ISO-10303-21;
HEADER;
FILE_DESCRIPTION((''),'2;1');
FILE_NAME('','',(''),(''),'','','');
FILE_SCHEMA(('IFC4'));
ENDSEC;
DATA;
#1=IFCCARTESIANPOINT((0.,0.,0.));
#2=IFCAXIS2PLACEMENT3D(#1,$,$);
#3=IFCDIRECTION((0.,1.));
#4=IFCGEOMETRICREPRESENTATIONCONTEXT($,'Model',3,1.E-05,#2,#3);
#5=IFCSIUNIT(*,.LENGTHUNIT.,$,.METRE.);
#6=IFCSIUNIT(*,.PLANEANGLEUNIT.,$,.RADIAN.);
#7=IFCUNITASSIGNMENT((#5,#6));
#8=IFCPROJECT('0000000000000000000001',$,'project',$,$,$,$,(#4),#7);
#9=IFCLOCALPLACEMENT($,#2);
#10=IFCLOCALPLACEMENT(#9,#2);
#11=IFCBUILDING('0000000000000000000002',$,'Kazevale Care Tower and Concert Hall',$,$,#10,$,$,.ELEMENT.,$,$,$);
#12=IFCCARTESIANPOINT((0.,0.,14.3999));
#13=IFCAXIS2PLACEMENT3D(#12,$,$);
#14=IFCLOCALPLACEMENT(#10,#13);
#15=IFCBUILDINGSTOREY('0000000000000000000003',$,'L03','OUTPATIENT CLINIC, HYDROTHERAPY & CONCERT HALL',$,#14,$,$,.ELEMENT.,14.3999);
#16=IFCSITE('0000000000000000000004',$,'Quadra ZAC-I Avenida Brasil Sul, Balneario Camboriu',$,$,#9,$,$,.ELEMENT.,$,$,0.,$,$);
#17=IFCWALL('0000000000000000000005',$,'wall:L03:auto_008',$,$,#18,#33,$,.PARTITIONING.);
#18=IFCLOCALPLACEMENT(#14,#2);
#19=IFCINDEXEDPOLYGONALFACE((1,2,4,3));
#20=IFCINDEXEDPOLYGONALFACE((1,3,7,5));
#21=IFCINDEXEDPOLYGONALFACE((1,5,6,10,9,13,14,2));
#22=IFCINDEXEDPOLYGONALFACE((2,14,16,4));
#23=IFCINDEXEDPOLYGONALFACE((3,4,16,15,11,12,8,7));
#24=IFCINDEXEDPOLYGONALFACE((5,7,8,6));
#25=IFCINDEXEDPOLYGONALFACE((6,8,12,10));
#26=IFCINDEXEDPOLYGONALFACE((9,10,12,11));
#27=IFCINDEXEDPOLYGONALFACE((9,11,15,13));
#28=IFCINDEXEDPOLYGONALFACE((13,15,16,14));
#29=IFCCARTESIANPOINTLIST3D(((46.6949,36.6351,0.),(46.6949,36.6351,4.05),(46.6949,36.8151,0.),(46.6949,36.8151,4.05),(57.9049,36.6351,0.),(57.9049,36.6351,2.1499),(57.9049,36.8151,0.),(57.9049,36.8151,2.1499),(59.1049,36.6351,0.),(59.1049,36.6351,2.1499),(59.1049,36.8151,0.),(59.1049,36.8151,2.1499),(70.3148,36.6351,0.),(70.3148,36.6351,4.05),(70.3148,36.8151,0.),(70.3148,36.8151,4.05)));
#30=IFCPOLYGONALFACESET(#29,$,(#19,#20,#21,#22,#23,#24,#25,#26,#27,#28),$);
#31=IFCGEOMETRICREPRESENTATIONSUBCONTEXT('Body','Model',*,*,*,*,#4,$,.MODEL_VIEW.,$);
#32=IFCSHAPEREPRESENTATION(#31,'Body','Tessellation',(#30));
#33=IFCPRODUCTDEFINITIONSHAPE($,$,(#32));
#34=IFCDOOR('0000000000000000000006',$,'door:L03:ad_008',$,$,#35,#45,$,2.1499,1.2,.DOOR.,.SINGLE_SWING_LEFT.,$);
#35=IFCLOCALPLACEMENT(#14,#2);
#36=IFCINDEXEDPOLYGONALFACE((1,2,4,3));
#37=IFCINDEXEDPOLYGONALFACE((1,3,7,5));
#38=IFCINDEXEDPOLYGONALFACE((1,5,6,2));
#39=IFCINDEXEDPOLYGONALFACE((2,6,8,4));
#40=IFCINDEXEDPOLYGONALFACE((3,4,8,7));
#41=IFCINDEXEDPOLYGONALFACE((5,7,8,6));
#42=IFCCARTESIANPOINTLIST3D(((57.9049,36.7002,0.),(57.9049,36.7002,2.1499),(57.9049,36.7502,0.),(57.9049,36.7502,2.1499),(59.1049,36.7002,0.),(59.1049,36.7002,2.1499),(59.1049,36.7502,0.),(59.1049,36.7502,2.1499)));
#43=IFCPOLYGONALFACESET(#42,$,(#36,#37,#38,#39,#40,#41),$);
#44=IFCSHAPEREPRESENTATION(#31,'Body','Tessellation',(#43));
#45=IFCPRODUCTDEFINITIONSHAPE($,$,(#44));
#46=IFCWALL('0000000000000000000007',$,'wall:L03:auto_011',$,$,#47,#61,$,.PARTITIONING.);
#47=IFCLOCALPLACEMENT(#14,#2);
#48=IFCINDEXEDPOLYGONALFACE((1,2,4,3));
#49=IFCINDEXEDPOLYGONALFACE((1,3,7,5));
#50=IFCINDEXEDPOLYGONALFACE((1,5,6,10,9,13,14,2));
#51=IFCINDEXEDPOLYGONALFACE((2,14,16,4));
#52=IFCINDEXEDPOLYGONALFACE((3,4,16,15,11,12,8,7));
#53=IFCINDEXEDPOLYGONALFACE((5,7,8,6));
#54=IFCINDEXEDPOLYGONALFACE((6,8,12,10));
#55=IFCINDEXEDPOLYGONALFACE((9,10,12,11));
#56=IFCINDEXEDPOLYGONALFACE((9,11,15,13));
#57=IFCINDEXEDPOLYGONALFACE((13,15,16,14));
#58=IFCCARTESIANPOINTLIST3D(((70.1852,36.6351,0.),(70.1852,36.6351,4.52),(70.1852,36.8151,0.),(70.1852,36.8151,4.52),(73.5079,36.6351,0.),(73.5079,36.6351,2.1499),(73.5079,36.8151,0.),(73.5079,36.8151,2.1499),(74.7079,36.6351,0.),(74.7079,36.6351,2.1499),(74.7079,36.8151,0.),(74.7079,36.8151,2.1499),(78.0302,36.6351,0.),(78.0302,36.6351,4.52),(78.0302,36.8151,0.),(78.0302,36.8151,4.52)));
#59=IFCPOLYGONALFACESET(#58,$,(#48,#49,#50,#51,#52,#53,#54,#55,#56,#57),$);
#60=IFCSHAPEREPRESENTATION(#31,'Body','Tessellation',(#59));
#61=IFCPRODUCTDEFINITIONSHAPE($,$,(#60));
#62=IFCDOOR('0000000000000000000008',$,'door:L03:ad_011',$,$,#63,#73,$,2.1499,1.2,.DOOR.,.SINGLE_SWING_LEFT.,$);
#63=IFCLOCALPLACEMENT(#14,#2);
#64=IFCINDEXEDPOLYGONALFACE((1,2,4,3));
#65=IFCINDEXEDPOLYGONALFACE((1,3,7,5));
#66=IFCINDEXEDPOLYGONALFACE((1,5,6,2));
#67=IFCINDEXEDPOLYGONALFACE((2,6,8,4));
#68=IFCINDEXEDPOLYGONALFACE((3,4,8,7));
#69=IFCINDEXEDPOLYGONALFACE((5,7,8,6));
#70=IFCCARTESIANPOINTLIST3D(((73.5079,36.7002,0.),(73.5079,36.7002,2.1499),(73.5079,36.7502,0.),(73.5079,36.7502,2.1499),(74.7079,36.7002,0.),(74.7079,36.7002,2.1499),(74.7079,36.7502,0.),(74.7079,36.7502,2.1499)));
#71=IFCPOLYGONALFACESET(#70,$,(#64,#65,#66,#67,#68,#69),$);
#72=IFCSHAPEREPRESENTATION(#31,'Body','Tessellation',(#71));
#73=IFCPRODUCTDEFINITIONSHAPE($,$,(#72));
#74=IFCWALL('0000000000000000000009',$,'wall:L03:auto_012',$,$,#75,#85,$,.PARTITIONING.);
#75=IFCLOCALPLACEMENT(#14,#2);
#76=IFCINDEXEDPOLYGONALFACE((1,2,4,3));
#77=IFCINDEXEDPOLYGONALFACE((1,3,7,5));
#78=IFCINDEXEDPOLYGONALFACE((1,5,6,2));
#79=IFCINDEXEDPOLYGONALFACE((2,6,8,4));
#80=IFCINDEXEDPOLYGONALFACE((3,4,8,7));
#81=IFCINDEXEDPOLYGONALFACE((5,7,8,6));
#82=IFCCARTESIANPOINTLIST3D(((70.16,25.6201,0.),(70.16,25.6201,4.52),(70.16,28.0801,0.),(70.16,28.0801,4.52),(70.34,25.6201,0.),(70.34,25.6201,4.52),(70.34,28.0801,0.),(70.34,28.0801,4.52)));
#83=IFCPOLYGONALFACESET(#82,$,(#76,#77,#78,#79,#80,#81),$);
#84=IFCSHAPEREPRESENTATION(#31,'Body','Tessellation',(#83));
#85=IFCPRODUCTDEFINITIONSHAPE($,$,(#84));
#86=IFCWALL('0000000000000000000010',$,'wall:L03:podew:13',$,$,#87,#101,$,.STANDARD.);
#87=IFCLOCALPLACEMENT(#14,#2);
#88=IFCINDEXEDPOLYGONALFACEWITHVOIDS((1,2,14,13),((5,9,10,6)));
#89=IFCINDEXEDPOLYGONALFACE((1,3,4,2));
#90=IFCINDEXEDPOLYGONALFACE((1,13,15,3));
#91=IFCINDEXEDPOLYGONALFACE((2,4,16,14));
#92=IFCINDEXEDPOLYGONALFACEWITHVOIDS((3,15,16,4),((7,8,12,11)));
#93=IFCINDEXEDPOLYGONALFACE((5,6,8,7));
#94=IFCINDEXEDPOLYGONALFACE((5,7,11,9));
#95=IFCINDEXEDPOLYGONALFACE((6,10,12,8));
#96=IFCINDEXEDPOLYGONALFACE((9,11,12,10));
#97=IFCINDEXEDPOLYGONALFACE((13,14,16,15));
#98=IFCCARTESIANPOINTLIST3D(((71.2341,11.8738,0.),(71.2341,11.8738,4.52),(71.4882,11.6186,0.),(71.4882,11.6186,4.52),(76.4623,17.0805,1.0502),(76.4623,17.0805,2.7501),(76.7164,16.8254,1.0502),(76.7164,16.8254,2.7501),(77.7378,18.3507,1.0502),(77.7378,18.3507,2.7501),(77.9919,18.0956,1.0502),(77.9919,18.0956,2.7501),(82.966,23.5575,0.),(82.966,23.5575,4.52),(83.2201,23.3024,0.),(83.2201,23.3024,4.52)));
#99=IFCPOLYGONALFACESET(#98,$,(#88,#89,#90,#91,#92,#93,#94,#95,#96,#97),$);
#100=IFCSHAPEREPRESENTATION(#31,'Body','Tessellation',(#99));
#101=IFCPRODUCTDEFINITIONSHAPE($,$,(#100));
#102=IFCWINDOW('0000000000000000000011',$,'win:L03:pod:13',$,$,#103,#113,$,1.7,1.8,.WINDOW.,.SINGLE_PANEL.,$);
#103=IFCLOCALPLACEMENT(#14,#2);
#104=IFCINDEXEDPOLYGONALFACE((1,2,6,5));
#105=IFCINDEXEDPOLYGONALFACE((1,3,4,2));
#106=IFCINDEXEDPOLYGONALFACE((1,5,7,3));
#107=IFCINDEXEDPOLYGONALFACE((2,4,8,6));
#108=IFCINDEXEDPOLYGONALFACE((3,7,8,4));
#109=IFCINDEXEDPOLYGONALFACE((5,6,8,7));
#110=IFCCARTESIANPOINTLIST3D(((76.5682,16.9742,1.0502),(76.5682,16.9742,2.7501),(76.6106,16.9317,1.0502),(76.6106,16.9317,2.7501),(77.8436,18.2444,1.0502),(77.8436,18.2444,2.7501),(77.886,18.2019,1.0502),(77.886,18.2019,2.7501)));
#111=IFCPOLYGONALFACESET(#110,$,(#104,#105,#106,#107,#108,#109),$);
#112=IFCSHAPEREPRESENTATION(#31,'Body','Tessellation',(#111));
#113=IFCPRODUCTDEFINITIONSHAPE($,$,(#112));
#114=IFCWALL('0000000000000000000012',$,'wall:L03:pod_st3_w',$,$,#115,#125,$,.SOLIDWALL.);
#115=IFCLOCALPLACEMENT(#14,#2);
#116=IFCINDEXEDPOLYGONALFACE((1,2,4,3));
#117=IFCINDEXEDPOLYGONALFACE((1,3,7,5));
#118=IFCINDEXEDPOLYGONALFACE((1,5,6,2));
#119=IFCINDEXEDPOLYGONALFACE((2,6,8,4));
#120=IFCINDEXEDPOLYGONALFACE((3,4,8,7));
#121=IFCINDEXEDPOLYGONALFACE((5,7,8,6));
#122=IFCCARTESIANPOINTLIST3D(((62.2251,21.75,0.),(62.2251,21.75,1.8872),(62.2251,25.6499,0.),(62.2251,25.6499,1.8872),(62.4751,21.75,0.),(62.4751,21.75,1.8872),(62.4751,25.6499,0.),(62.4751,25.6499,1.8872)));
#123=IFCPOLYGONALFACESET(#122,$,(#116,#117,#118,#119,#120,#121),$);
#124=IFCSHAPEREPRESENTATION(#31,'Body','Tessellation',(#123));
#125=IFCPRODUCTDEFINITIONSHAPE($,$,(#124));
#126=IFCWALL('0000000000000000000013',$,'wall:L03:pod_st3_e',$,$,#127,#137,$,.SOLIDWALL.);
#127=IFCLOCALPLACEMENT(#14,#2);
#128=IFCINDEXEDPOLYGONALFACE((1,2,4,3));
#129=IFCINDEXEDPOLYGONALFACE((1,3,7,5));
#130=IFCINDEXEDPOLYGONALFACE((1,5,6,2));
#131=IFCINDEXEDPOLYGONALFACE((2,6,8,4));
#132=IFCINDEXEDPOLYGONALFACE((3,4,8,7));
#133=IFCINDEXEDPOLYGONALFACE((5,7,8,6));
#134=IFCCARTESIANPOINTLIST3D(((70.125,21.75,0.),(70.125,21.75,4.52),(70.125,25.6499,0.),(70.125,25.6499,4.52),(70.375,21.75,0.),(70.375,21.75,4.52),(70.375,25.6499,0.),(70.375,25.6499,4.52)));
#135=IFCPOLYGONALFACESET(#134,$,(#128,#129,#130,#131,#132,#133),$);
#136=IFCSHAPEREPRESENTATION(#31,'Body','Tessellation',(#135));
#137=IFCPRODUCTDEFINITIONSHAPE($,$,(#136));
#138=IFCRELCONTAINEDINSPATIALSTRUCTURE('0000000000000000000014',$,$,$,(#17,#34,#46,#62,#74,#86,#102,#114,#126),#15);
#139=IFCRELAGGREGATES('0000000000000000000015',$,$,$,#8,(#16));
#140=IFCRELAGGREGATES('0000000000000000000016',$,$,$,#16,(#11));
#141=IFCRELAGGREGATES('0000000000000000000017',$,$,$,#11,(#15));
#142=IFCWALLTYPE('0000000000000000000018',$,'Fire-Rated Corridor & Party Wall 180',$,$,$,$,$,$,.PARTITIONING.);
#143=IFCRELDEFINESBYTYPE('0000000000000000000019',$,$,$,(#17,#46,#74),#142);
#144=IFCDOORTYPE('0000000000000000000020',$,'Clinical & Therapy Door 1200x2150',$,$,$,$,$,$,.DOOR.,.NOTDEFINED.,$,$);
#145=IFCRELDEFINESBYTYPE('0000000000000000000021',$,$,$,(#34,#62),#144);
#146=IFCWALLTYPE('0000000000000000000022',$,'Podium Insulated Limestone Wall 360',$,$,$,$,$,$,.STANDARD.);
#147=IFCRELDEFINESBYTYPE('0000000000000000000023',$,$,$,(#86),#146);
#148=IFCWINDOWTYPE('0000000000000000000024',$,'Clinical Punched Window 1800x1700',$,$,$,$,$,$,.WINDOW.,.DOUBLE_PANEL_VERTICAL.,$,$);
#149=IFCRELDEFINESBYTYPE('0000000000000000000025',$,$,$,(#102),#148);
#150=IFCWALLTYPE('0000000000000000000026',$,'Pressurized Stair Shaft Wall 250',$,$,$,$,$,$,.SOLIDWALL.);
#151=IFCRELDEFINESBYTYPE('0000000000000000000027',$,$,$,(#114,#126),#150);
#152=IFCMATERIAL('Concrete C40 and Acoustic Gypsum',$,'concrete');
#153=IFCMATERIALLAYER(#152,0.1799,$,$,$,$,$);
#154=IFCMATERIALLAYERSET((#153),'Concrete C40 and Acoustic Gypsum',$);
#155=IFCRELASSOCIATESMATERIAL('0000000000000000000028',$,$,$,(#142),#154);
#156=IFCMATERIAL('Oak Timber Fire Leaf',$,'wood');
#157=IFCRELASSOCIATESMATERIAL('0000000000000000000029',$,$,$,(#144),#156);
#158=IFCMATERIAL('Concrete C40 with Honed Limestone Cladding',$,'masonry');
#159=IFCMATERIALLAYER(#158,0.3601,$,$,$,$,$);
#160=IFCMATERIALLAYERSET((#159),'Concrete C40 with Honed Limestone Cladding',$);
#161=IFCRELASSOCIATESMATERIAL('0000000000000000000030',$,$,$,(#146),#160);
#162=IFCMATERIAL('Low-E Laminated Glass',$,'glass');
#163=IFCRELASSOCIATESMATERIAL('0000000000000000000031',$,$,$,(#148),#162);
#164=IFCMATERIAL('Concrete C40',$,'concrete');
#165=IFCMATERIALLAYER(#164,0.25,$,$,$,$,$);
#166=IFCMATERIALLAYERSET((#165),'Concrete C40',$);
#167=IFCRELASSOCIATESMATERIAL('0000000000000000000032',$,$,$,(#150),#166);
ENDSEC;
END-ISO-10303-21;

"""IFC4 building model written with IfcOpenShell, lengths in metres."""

from ifc_helpers import new_model, si_unit, direction, frame, frame_2d, origin, place, context, subcontext, project, spatial, rectangle, extrude, material, layer, layer_set, type_object, element, fill, save


model = new_model("IFC4")

# Units and contexts
model_context = context("Model", 3, precision=1e-05, world=origin(), true_north=direction((0.0, 1.0)))
body_context = subcontext(model_context, "Body", "Model", "MODEL_VIEW")
ifc_project = project(units=[si_unit("LENGTHUNIT", "METRE"), si_unit("PLANEANGLEUNIT", "RADIAN")], contexts=[model_context])

# Site, building, storey
site_placement = place(None, origin())
site = spatial("IfcSite", under=ifc_project, at=site_placement, Name="Quadra ZAC-I Avenida Brasil Sul, Balneario Camboriu", CompositionType="ELEMENT", RefElevation=0.0)
building_placement = place(site_placement, origin())
building = spatial("IfcBuilding", under=site, at=building_placement, Name="Kazevale Care Tower and Concert Hall", CompositionType="ELEMENT")
storey_placement = place(building_placement, frame((0.0, 0.0, 14.3999)))
storey = spatial("IfcBuildingStorey", under=building, at=storey_placement, Name="L03", Description="OUTPATIENT CLINIC, HYDROTHERAPY & CONCERT HALL", CompositionType="ELEMENT", Elevation=14.3999)

# Walls, openings, doors
ifc_material_1 = material(Name="Concrete C40 and Acoustic Gypsum", Category="concrete")
ifc_layer_1 = layer(ifc_material_1, 0.1799)
ifc_layer_set_1 = layer_set([ifc_layer_1], Name="Concrete C40 and Acoustic Gypsum")
wall_type_1 = type_object("IfcWallType", Name="Fire-Rated Corridor & Party Wall 180", PredefinedType="PARTITIONING", material=ifc_layer_set_1)
ifc_material_2 = material(Name="Oak Timber Fire Leaf", Category="wood")
door_type = type_object("IfcDoorType", Name="Clinical & Therapy Door 1200x2150", OperationType="NOTDEFINED", PredefinedType="DOOR", material=ifc_material_2)
wall_1_placement = place(storey_placement, frame((70.3149, 36.7251, 0.0), z_axis=(0.0, 0.0, 1.0), x_axis=(-1.0, 0.0, 0.0)))
wall_1 = element("IfcWall", 1, at=wall_1_placement, inside=storey, type_object=wall_type_1, Name="wall:L03:auto_008", PredefinedType="PARTITIONING", context=body_context, shape_type="SweptSolid", body=[
    extrude(rectangle(XDim=23.6199, YDim=0.1799, at=frame_2d((11.8101, 0.0))), origin(), (0.0, 0.0, 1.0), 4.05),
])
opening_1_placement = place(wall_1_placement, frame((11.21, 0.0, 0.0)))
opening_1 = element("IfcOpeningElement", 2, at=opening_1_placement, cuts=wall_1, PredefinedType="OPENING", context=body_context, shape_type="SweptSolid", body=[
    extrude(rectangle(XDim=1.2, YDim=2.1499, at=frame_2d((0.6001, 1.075))), frame((0.0, 0.0999, 0.0), z_axis=(0.0, -1.0, 0.0), x_axis=(1.0, 0.0, 0.0)), (0.0, 0.0, 1.0), 0.2),
])
door_1_placement = place(opening_1_placement, origin())
door_1 = element("IfcDoor", 3, at=door_1_placement, inside=storey, type_object=door_type, Name="door:L03:ad_008", OperationType="SINGLE_SWING_LEFT", OverallHeight=2.1499, OverallWidth=1.2, PredefinedType="DOOR", context=body_context, shape_type="SweptSolid", body=[
    extrude(rectangle(XDim=1.2, YDim=2.1499, at=frame_2d((0.6001, 1.075))), frame((0.0, 0.0249, 0.0), z_axis=(0.0, -1.0, 0.0), x_axis=(1.0, 0.0, 0.0)), (0.0, 0.0, 1.0), 0.05),
])
fill(opening_1, door_1)
wall_2_placement = place(storey_placement, frame((78.03, 36.7251, 0.0), z_axis=(0.0, 0.0, 1.0), x_axis=(-1.0, 0.0, 0.0)))
wall_2 = element("IfcWall", 4, at=wall_2_placement, inside=storey, type_object=wall_type_1, Name="wall:L03:auto_011", PredefinedType="PARTITIONING", context=body_context, shape_type="SweptSolid", body=[
    extrude(rectangle(XDim=7.845, YDim=0.1799, at=frame_2d((3.9224, 0.0))), origin(), (0.0, 0.0, 1.0), 4.52),
])
opening_2_placement = place(wall_2_placement, frame((3.322, 0.0, 0.0)))
opening_2 = element("IfcOpeningElement", 5, at=opening_2_placement, cuts=wall_2, PredefinedType="OPENING", context=body_context, shape_type="SweptSolid", body=[
    extrude(rectangle(XDim=1.2, YDim=2.1499, at=frame_2d((0.6001, 1.075))), frame((0.0, 0.0999, 0.0), z_axis=(0.0, -1.0, 0.0), x_axis=(1.0, 0.0, 0.0)), (0.0, 0.0, 1.0), 0.2),
])
door_2_placement = place(opening_2_placement, origin())
door_2 = element("IfcDoor", 6, at=door_2_placement, inside=storey, type_object=door_type, Name="door:L03:ad_011", OperationType="SINGLE_SWING_LEFT", OverallHeight=2.1499, OverallWidth=1.2, PredefinedType="DOOR", context=body_context, shape_type="SweptSolid", body=[
    extrude(rectangle(XDim=1.2, YDim=2.1499, at=frame_2d((0.6001, 1.075))), frame((0.0, 0.0249, 0.0), z_axis=(0.0, -1.0, 0.0), x_axis=(1.0, 0.0, 0.0)), (0.0, 0.0, 1.0), 0.05),
])
fill(opening_2, door_2)

# Wall
wall_3_placement = place(storey_placement, frame((70.25, 28.0801, 0.0), z_axis=(0.0, 0.0, 1.0), x_axis=(0.0, -1.0, 0.0)))
element("IfcWall", 7, at=wall_3_placement, inside=storey, type_object=wall_type_1, Name="wall:L03:auto_012", PredefinedType="PARTITIONING", context=body_context, shape_type="SweptSolid", body=[
    extrude(rectangle(XDim=2.46, YDim=0.1799, at=frame_2d((1.23, 0.0))), origin(), (0.0, 0.0, 1.0), 4.52),
])

# Wall, opening, window
ifc_material_3 = material(Name="Concrete C40 with Honed Limestone Cladding", Category="masonry")
ifc_layer_2 = layer(ifc_material_3, 0.3601)
ifc_layer_set_2 = layer_set([ifc_layer_2], Name="Concrete C40 with Honed Limestone Cladding")
wall_type_2 = type_object("IfcWallType", Name="Podium Insulated Limestone Wall 360", PredefinedType="STANDARD", material=ifc_layer_set_2)
wall_4_placement = place(storey_placement, frame((71.3611, 11.7461, 0.0), z_axis=(0.0, 0.0, 1.0), x_axis=(0.708558, 0.705653, 0.0)))
wall_4 = element("IfcWall", 8, at=wall_4_placement, inside=storey, type_object=wall_type_2, Name="wall:L03:podew:13", PredefinedType="STANDARD", context=body_context, shape_type="SweptSolid", body=[
    extrude(rectangle(XDim=16.5574, YDim=0.3601, at=frame_2d((8.2788, 0.0))), origin(), (0.0, 0.0, 1.0), 4.52),
])
opening_3_placement = place(wall_4_placement, frame((7.3789, 0.0, 1.05)))
opening_3 = element("IfcOpeningElement", 9, at=opening_3_placement, cuts=wall_4, PredefinedType="OPENING", context=body_context, shape_type="SweptSolid", body=[
    extrude(rectangle(XDim=1.8, YDim=1.7, at=frame_2d((0.8999, 0.8501))), frame((0.0, 0.1899, 0.0), z_axis=(0.0, -1.0, 0.0), x_axis=(1.0, 0.0, 0.0)), (0.0, 0.0, 1.0), 0.3801),
])
ifc_material_4 = material(Name="Low-E Laminated Glass", Category="glass")
window_type = type_object("IfcWindowType", Name="Clinical Punched Window 1800x1700", PartitioningType="DOUBLE_PANEL_VERTICAL", PredefinedType="WINDOW", material=ifc_material_4)
window_placement = place(opening_3_placement, origin())
window = element("IfcWindow", 10, at=window_placement, inside=storey, type_object=window_type, Name="win:L03:pod:13", OverallHeight=1.7, OverallWidth=1.8, PartitioningType="SINGLE_PANEL", PredefinedType="WINDOW", context=body_context, shape_type="SweptSolid", body=[
    extrude(rectangle(XDim=1.8, YDim=1.7, at=frame_2d((0.8999, 0.8501))), frame((0.0, 0.03, 0.0), z_axis=(0.0, -1.0, 0.0), x_axis=(1.0, 0.0, 0.0)), (0.0, 0.0, 1.0), 0.0601),
])
fill(opening_3, window)

# Walls
ifc_material_5 = material(Name="Concrete C40", Category="concrete")
ifc_layer_3 = layer(ifc_material_5, 0.25)
ifc_layer_set_3 = layer_set([ifc_layer_3], Name="Concrete C40")
wall_type_3 = type_object("IfcWallType", Name="Pressurized Stair Shaft Wall 250", PredefinedType="SOLIDWALL", material=ifc_layer_set_3)
wall_5_placement = place(storey_placement, frame((62.3501, 21.75, 0.0), z_axis=(0.0, 0.0, 1.0), x_axis=(0.0, 1.0, 0.0)))
element("IfcWall", 11, at=wall_5_placement, inside=storey, type_object=wall_type_3, Name="wall:L03:pod_st3_w", PredefinedType="SOLIDWALL", context=body_context, shape_type="SweptSolid", body=[
    extrude(rectangle(XDim=3.8999, YDim=0.25, at=frame_2d((1.95, 0.0))), origin(), (0.0, 0.0, 1.0), 1.8872),
])
wall_6_placement = place(storey_placement, frame((70.25, 21.75, 0.0), z_axis=(0.0, 0.0, 1.0), x_axis=(0.0, 1.0, 0.0)))
element("IfcWall", 12, at=wall_6_placement, inside=storey, type_object=wall_type_3, Name="wall:L03:pod_st3_e", PredefinedType="SOLIDWALL", context=body_context, shape_type="SweptSolid", body=[
    extrude(rectangle(XDim=3.8999, YDim=0.25, at=frame_2d((1.95, 0.0))), origin(), (0.0, 0.0, 1.0), 4.52),
])

save(model, "model.ifc")
